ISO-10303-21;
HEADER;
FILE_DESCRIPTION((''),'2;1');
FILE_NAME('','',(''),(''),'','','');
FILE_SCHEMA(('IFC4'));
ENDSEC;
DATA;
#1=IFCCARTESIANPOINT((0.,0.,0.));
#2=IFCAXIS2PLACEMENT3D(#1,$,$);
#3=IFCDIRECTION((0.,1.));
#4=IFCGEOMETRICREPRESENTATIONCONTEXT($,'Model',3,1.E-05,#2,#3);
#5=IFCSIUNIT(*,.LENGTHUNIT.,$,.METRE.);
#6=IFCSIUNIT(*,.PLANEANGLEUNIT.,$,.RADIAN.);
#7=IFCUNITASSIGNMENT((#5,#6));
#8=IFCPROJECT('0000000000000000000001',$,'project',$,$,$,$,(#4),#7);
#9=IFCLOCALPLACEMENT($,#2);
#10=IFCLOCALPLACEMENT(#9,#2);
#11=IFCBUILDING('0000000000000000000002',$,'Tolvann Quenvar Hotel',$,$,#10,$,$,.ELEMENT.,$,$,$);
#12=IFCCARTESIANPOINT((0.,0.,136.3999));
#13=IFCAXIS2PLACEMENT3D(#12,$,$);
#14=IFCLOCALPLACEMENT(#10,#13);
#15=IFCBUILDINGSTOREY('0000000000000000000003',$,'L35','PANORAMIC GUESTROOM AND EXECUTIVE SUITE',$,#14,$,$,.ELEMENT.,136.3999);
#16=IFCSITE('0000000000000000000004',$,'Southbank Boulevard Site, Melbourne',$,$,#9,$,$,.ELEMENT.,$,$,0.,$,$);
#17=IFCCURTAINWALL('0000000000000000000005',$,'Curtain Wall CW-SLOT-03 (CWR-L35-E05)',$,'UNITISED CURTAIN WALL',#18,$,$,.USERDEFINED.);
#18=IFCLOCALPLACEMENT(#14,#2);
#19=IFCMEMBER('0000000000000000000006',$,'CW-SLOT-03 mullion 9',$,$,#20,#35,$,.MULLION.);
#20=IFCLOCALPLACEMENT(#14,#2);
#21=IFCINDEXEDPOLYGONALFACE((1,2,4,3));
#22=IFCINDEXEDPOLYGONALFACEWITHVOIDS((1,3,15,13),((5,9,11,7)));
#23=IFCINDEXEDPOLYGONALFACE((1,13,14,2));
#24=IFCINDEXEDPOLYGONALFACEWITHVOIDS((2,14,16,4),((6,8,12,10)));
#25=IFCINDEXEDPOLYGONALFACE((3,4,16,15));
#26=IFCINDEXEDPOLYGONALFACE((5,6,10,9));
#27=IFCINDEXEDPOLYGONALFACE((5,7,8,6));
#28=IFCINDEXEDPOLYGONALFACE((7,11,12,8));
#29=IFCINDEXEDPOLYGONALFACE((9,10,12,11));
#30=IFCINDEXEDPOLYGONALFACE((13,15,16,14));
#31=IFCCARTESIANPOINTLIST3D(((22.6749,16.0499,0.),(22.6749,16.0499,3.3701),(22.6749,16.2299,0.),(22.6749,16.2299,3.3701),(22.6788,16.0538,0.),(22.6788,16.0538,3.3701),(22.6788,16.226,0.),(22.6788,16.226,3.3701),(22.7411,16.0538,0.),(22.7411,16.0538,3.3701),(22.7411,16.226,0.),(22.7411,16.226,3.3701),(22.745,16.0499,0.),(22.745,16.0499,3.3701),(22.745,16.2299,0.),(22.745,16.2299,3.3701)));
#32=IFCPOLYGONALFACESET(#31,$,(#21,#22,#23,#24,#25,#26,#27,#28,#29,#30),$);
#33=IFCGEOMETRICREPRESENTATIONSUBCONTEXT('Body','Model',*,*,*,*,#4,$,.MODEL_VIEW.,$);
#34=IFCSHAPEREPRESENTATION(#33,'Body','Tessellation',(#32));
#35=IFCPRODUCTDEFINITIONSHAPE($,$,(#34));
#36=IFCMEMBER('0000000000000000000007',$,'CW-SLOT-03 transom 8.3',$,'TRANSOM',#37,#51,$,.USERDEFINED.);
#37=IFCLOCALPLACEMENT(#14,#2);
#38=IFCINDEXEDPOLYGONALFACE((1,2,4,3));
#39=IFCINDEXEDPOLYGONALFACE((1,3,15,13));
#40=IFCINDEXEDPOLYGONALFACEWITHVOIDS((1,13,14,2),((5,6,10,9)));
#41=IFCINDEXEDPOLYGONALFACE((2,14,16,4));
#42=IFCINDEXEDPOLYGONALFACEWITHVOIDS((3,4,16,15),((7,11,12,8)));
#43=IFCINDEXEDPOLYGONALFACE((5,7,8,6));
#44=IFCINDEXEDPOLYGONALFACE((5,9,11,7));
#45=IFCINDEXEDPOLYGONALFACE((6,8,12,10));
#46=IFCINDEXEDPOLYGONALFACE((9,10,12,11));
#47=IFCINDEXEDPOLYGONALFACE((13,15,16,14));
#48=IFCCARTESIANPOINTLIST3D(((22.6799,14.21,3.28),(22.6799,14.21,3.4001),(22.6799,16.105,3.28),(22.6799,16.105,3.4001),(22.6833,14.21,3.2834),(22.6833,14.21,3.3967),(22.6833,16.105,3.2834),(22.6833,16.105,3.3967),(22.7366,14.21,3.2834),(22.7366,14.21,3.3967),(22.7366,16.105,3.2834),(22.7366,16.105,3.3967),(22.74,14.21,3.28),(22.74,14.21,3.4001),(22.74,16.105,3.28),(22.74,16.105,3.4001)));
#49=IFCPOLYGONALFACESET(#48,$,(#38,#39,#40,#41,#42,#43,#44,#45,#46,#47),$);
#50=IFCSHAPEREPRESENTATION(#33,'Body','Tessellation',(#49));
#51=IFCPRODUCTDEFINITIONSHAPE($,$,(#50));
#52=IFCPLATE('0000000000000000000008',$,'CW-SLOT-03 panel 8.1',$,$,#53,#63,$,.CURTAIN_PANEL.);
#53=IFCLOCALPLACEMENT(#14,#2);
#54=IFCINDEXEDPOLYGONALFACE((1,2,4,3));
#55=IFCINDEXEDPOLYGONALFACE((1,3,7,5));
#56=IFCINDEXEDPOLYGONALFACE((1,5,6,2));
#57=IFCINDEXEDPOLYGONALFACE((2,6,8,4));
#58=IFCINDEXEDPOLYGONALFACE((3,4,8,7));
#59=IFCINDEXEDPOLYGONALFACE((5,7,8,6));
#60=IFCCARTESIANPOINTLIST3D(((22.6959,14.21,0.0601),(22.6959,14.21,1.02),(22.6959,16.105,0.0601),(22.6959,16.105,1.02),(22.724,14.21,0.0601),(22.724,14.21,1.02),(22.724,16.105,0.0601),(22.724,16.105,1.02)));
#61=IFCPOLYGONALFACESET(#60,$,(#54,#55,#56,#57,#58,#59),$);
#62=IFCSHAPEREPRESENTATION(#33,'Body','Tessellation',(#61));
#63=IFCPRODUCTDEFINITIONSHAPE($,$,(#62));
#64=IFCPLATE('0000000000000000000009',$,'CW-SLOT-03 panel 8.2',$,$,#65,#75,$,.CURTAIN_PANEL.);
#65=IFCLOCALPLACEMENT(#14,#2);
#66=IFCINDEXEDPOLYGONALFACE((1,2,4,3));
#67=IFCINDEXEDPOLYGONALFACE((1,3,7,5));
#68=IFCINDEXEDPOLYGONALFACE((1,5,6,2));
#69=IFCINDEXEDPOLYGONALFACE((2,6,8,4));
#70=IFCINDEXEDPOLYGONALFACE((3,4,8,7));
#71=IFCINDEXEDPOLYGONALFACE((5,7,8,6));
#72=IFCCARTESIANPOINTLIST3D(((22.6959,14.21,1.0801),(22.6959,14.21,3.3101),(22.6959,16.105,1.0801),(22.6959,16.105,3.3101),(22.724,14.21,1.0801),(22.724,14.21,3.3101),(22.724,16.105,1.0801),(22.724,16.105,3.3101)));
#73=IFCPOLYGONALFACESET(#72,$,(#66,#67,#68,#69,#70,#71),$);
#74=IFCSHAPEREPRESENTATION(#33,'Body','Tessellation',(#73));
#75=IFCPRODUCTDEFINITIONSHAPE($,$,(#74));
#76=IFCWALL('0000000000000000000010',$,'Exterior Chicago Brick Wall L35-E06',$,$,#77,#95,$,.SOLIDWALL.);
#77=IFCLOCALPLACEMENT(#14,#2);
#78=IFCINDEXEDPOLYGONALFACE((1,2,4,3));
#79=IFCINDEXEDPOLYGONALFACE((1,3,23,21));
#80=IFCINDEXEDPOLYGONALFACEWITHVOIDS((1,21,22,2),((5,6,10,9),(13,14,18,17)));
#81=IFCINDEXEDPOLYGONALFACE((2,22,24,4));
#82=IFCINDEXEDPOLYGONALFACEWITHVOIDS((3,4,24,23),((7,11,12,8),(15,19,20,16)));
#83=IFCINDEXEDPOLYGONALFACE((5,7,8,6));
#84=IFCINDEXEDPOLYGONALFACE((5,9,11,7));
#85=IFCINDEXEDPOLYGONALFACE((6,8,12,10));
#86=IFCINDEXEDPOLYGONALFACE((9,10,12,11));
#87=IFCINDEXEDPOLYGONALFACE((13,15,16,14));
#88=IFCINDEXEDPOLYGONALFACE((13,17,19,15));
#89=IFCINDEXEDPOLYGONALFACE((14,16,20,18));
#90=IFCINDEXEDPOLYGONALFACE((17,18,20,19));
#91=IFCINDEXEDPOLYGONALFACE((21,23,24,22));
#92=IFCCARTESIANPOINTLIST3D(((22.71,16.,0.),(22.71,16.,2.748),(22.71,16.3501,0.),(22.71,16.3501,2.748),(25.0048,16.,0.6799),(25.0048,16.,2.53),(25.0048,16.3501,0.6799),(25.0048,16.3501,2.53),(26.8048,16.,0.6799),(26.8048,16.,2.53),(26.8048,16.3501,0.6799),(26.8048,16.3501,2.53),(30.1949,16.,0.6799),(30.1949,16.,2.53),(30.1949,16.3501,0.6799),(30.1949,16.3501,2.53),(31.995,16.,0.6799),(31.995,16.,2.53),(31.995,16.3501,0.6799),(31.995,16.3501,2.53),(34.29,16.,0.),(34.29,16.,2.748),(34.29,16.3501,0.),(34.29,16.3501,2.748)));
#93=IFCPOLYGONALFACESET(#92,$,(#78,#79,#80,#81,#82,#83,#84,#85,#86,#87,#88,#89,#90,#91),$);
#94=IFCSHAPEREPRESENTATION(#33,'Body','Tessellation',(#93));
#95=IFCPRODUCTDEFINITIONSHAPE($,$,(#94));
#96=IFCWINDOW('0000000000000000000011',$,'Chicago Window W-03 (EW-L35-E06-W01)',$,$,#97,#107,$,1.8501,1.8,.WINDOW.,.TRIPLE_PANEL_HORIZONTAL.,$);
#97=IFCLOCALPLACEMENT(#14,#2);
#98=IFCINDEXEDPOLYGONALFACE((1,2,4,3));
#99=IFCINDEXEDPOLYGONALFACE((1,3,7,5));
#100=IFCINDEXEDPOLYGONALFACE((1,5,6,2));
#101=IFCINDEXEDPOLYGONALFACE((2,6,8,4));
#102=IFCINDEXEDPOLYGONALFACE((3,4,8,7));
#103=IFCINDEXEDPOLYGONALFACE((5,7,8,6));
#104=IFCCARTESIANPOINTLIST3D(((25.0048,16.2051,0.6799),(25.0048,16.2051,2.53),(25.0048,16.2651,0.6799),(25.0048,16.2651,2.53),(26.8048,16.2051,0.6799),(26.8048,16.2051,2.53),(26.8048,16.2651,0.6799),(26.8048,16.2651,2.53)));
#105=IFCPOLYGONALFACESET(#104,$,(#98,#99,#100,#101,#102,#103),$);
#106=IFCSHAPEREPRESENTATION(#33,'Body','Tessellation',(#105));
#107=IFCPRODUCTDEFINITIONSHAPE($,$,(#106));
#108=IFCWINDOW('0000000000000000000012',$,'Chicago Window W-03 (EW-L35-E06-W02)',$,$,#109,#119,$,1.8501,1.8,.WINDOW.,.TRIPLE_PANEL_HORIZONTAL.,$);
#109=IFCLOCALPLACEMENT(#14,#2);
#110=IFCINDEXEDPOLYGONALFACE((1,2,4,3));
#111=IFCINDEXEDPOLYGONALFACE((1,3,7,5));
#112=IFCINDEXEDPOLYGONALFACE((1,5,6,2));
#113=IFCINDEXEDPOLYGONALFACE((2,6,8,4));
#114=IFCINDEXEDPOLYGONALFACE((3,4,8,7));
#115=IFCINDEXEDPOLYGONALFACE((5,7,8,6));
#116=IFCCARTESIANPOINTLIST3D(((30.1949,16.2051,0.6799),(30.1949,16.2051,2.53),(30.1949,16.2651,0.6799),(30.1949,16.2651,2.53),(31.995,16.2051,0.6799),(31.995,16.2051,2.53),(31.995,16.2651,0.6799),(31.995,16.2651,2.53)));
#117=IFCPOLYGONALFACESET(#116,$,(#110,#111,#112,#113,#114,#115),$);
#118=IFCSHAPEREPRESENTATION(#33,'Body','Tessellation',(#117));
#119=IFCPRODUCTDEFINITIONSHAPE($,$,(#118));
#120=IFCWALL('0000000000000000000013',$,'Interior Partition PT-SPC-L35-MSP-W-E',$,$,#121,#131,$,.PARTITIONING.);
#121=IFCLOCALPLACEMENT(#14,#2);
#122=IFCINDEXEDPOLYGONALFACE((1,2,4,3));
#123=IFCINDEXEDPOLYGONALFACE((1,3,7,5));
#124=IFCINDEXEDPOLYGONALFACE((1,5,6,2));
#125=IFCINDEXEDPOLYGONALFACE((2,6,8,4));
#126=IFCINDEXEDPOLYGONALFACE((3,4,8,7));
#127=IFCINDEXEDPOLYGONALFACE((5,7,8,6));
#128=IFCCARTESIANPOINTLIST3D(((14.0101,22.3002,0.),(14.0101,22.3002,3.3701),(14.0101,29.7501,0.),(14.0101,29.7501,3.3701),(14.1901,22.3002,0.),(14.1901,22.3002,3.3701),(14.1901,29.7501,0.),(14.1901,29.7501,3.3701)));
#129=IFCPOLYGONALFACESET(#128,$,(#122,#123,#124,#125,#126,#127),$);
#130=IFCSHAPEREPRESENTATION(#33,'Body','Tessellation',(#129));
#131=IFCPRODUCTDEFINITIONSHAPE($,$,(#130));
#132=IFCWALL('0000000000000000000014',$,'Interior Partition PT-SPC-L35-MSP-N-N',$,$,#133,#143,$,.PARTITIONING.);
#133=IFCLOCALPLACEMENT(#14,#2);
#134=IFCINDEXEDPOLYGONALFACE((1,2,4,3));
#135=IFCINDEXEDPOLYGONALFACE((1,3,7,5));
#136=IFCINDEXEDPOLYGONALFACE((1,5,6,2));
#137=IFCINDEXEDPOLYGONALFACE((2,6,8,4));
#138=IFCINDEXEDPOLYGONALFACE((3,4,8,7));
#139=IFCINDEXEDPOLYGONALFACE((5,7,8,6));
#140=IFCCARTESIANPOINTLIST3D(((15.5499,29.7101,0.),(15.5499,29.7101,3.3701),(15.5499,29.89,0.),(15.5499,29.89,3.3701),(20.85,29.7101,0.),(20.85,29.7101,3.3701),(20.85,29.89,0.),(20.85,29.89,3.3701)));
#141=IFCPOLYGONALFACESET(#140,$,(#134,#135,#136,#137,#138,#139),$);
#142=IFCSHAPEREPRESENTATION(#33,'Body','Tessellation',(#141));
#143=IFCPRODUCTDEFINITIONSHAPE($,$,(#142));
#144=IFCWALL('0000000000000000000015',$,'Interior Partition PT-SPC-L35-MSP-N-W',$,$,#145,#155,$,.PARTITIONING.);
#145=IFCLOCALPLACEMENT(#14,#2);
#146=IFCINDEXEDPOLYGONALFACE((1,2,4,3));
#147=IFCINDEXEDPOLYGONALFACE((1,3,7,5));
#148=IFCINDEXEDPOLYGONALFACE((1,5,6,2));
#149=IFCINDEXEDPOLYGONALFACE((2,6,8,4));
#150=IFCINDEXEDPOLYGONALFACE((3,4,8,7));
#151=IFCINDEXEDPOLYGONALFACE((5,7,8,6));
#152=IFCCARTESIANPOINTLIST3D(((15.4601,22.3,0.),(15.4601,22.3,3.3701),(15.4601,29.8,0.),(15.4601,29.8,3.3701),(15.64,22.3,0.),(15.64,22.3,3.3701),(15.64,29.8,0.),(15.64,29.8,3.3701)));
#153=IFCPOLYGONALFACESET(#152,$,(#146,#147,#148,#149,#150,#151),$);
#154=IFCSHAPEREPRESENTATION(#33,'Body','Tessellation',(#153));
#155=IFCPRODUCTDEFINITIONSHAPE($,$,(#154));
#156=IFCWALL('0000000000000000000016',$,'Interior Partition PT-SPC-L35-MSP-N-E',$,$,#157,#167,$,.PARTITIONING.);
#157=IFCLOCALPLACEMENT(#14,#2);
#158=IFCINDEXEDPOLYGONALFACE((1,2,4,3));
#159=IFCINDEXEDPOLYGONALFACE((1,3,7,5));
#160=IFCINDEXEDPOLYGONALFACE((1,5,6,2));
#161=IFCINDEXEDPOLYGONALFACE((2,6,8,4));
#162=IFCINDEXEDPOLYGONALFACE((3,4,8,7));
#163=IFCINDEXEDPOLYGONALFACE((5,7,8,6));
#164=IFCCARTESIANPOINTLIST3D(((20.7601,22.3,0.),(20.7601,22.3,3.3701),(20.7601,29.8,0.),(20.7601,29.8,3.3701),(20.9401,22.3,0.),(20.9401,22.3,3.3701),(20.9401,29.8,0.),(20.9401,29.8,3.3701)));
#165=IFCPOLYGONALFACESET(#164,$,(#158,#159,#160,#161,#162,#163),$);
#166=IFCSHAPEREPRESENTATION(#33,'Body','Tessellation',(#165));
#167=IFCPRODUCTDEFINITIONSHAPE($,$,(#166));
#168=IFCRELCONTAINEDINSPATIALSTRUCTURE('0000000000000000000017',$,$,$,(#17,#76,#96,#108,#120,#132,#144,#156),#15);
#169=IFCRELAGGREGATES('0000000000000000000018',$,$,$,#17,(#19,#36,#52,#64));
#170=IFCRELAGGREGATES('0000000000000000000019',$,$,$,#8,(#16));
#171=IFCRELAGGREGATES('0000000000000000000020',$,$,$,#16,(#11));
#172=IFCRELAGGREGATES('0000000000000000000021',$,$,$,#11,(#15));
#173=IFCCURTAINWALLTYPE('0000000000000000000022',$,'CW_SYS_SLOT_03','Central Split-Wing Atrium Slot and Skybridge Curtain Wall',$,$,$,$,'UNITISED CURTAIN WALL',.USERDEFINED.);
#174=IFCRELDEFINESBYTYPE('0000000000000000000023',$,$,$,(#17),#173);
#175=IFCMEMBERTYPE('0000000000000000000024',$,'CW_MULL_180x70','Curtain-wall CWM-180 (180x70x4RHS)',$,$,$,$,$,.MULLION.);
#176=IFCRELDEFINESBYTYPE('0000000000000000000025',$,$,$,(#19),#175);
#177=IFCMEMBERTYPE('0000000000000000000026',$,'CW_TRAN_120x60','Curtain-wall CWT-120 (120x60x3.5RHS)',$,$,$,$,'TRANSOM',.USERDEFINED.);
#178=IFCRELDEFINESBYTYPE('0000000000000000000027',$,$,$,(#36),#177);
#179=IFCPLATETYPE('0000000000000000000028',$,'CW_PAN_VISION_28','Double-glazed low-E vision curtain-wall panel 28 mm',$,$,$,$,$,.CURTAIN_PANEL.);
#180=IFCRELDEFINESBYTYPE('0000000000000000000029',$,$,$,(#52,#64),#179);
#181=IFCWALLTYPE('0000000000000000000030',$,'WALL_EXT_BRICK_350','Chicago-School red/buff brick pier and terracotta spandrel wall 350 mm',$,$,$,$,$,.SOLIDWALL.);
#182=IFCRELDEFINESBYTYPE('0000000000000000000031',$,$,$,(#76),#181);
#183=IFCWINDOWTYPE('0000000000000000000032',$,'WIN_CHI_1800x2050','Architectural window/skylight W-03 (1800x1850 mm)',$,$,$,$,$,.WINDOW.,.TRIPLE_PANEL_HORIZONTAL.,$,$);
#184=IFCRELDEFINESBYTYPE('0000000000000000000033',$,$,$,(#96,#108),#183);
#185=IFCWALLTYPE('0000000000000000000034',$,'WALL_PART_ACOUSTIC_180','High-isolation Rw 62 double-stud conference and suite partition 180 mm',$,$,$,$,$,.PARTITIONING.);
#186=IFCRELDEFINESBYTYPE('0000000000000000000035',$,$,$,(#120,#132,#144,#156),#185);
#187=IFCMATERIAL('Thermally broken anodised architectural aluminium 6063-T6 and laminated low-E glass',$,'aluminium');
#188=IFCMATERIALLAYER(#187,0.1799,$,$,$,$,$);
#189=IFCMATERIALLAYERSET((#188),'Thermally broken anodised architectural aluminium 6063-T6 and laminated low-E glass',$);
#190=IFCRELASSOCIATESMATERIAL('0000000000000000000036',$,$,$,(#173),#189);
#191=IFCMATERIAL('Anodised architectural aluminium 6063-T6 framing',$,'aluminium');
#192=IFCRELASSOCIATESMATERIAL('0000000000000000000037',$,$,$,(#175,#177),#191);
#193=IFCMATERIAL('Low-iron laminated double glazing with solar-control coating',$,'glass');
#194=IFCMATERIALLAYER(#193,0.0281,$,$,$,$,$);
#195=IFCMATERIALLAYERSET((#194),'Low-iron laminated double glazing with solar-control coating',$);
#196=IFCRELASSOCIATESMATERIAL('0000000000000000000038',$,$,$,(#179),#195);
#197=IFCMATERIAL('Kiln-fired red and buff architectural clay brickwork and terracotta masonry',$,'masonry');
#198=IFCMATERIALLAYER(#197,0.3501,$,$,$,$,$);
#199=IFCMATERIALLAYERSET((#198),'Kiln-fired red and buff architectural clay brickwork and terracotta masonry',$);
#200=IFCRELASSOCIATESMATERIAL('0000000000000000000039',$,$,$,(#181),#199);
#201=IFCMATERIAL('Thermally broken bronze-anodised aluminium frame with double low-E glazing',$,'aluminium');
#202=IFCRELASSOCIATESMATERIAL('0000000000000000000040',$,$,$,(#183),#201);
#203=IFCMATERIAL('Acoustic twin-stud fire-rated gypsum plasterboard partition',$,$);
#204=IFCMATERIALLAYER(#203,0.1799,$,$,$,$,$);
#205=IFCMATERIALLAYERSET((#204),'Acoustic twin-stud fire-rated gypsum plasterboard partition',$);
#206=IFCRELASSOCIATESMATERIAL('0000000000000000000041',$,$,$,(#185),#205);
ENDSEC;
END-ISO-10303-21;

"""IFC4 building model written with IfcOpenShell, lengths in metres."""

from ifc_helpers import new_model, si_unit, direction, frame, frame_2d, origin, origin_2d, place, context, subcontext, project, spatial, rectangle, hollow_rectangle, extrude, source, transform, mapped, material, layer, layer_set, material_profile, profile_set, type_object, type_shapes, element, fill, aggregate, save


model = new_model("IFC4")

# Units and contexts
model_context = context("Model", 3, precision=1e-05, world=origin(), true_north=direction((0.0, 1.0)))
body_context = subcontext(model_context, "Body", "Model", "MODEL_VIEW")
ifc_project = project(units=[si_unit("LENGTHUNIT", "METRE"), si_unit("PLANEANGLEUNIT", "RADIAN")], contexts=[model_context])

# Site, building, storey
site_placement = place(None, origin())
site = spatial("IfcSite", under=ifc_project, at=site_placement, Name="Southbank Boulevard Site, Melbourne", CompositionType="ELEMENT", RefElevation=0.0)
building_placement = place(site_placement, origin())
building = spatial("IfcBuilding", under=site, at=building_placement, Name="Tolvann Quenvar Hotel", CompositionType="ELEMENT")
storey_placement = place(building_placement, frame((0.0, 0.0, 136.3999)))
storey = spatial("IfcBuildingStorey", under=building, at=storey_placement, Name="L35", Description="PANORAMIC GUESTROOM AND EXECUTIVE SUITE", CompositionType="ELEMENT", Elevation=136.3999)

# Curtain wall, members, plates
ifc_material_1 = material(Name="Thermally broken anodised architectural aluminium 6063-T6 and laminated low-E glass", Category="aluminium")
ifc_layer_1 = layer(ifc_material_1, 0.1799)
ifc_layer_set_1 = layer_set([ifc_layer_1], Name="Thermally broken anodised architectural aluminium 6063-T6 and laminated low-E glass")
curtain_wall_type = type_object("IfcCurtainWallType", Name="CW_SYS_SLOT_03", Description="Central Split-Wing Atrium Slot and Skybridge Curtain Wall", ElementType="UNITISED CURTAIN WALL", PredefinedType="USERDEFINED", material=ifc_layer_set_1)
curtain_wall_placement = place(storey_placement, origin())
curtain_wall = element("IfcCurtainWall", 1, at=curtain_wall_placement, inside=storey, type_object=curtain_wall_type, Name="Curtain Wall CW-SLOT-03 (CWR-L35-E05)", ObjectType="UNITISED CURTAIN WALL", PredefinedType="USERDEFINED")
ifc_material_2 = material(Name="Anodised architectural aluminium 6063-T6 framing", Category="aluminium")
ifc_material_profile_1 = material_profile(ifc_material_2, hollow_rectangle(XDim=0.0701, YDim=0.1799, WallThickness=0.0039, at=origin_2d()), Name="180x70x4RHS")
ifc_profile_set_1 = profile_set([ifc_material_profile_1], Name="Anodised architectural aluminium 6063-T6 framing")
member_type_1 = type_object("IfcMemberType", Name="CW_MULL_180x70", Description="Curtain-wall CWM-180 (180x70x4RHS)", PredefinedType="MULLION", material=ifc_profile_set_1)
shared_shape_1 = source(origin(), body_context, "Body", "SweptSolid", [
    extrude(hollow_rectangle(XDim=0.0701, YDim=0.1799, WallThickness=0.0039, at=origin_2d()), origin(), (0.0, 0.0, 1.0), 3.3701),
])
type_shapes(member_type_1, [shared_shape_1])
member_1_placement = place(storey_placement, frame((22.71, 16.1399, 0.0), z_axis=(0.0, 0.0, 1.0), x_axis=(-1.0, 0.0, 0.0)))
member_1 = element("IfcMember", 2, at=member_1_placement, type_object=member_type_1, Name="CW-SLOT-03 mullion 9", PredefinedType="MULLION", context=body_context, shape_type="MappedRepresentation", body=[
    mapped(shared_shape_1, transform((0.0, 0.0, 0.0), x_axis=(1.0, 0.0, 0.0), y_axis=(0.0, 1.0, 0.0), z_axis=(0.0, 0.0, 1.0), scale=1.0)),
])
ifc_material_profile_2 = material_profile(ifc_material_2, hollow_rectangle(XDim=0.0601, YDim=0.1201, WallThickness=0.0034, at=origin_2d()), Name="120x60x3.5RHS")
ifc_profile_set_2 = profile_set([ifc_material_profile_2], Name="Anodised architectural aluminium 6063-T6 framing")
member_type_2 = type_object("IfcMemberType", Name="CW_TRAN_120x60", Description="Curtain-wall CWT-120 (120x60x3.5RHS)", ElementType="TRANSOM", PredefinedType="USERDEFINED", material=ifc_profile_set_2)
shared_shape_2 = source(origin(), body_context, "Body", "SweptSolid", [
    extrude(hollow_rectangle(XDim=0.0601, YDim=0.1201, WallThickness=0.0034, at=origin_2d()), origin(), (0.0, 0.0, 1.0), 1.895),
])
type_shapes(member_type_2, [shared_shape_2])
member_2_placement = place(storey_placement, frame((22.71, 14.21, 3.3401), z_axis=(0.0, 1.0, 0.0), x_axis=(-1.0, 0.0, 0.0)))
member_2 = element("IfcMember", 3, at=member_2_placement, type_object=member_type_2, Name="CW-SLOT-03 transom 8.3", ObjectType="TRANSOM", PredefinedType="USERDEFINED", context=body_context, shape_type="MappedRepresentation", body=[
    mapped(shared_shape_2, transform((0.0, 0.0, 0.0), x_axis=(1.0, 0.0, 0.0), y_axis=(0.0, 1.0, 0.0), z_axis=(0.0, 0.0, 1.0), scale=1.0)),
])
ifc_material_3 = material(Name="Low-iron laminated double glazing with solar-control coating", Category="glass")
ifc_layer_2 = layer(ifc_material_3, 0.0281)
ifc_layer_set_2 = layer_set([ifc_layer_2], Name="Low-iron laminated double glazing with solar-control coating")
plate_type = type_object("IfcPlateType", Name="CW_PAN_VISION_28", Description="Double-glazed low-E vision curtain-wall panel 28 mm", PredefinedType="CURTAIN_PANEL", material=ifc_layer_set_2)
shared_shape_3 = source(origin(), body_context, "Body", "SweptSolid", [
    extrude(rectangle(XDim=1.895, YDim=0.0281, at=origin_2d()), origin(), (0.0, 0.0, 1.0), 0.96),
])
plate_1_placement = place(storey_placement, frame((22.71, 15.1575, 0.0601), z_axis=(0.0, 0.0, 1.0), x_axis=(0.0, 1.0, 0.0)))
plate_1 = element("IfcPlate", 4, at=plate_1_placement, type_object=plate_type, Name="CW-SLOT-03 panel 8.1", PredefinedType="CURTAIN_PANEL", context=body_context, shape_type="MappedRepresentation", body=[
    mapped(shared_shape_3, transform((0.0, 0.0, 0.0), x_axis=(1.0, 0.0, 0.0), y_axis=(0.0, 1.0, 0.0), z_axis=(0.0, 0.0, 1.0), scale=1.0)),
])
shared_shape_4 = source(origin(), body_context, "Body", "SweptSolid", [
    extrude(rectangle(XDim=1.895, YDim=0.0281, at=origin_2d()), origin(), (0.0, 0.0, 1.0), 2.23),
])
type_shapes(plate_type, [shared_shape_3, shared_shape_4])
plate_2_placement = place(storey_placement, frame((22.71, 15.1575, 1.0801), z_axis=(0.0, 0.0, 1.0), x_axis=(0.0, 1.0, 0.0)))
plate_2 = element("IfcPlate", 5, at=plate_2_placement, type_object=plate_type, Name="CW-SLOT-03 panel 8.2", PredefinedType="CURTAIN_PANEL", context=body_context, shape_type="MappedRepresentation", body=[
    mapped(shared_shape_4, transform((0.0, 0.0, 0.0), x_axis=(1.0, 0.0, 0.0), y_axis=(0.0, 1.0, 0.0), z_axis=(0.0, 0.0, 1.0), scale=1.0)),
])
aggregate(curtain_wall, [member_1, member_2, plate_1, plate_2])

# Wall, openings, windows
ifc_material_4 = material(Name="Kiln-fired red and buff architectural clay brickwork and terracotta masonry", Category="masonry")
ifc_layer_3 = layer(ifc_material_4, 0.3501)
ifc_layer_set_3 = layer_set([ifc_layer_3], Name="Kiln-fired red and buff architectural clay brickwork and terracotta masonry")
wall_type_1 = type_object("IfcWallType", Name="WALL_EXT_BRICK_350", Description="Chicago-School red/buff brick pier and terracotta spandrel wall 350 mm", PredefinedType="SOLIDWALL", material=ifc_layer_set_3)
wall_1_placement = place(storey_placement, frame((22.71, 16.175, 0.0), z_axis=(0.0, 0.0, 1.0), x_axis=(1.0, 0.0, 0.0)))
wall_1 = element("IfcWall", 6, at=wall_1_placement, inside=storey, type_object=wall_type_1, Name="Exterior Chicago Brick Wall L35-E06", PredefinedType="SOLIDWALL", context=body_context, shape_type="SweptSolid", body=[
    extrude(rectangle(XDim=11.5801, YDim=0.3501, at=frame_2d((5.79, 0.0))), origin(), (0.0, 0.0, 1.0), 2.748),
])
opening_1_placement = place(wall_1_placement, frame((2.2949, 0.0, 0.6799)))
opening_1 = element("IfcOpeningElement", 7, at=opening_1_placement, cuts=wall_1, PredefinedType="OPENING", context=body_context, shape_type="SweptSolid", body=[
    extrude(rectangle(XDim=1.8, YDim=1.8501, at=frame_2d((0.8999, 0.925))), frame((0.0, 0.1851, 0.0), z_axis=(0.0, -1.0, 0.0), x_axis=(1.0, 0.0, 0.0)), (0.0, 0.0, 1.0), 0.3701),
])
opening_2_placement = place(wall_1_placement, frame((7.4851, 0.0, 0.6799)))
opening_2 = element("IfcOpeningElement", 8, at=opening_2_placement, cuts=wall_1, PredefinedType="OPENING", context=body_context, shape_type="SweptSolid", body=[
    extrude(rectangle(XDim=1.8, YDim=1.8501, at=frame_2d((0.8999, 0.925))), frame((0.0, 0.1851, 0.0), z_axis=(0.0, -1.0, 0.0), x_axis=(1.0, 0.0, 0.0)), (0.0, 0.0, 1.0), 0.3701),
])
ifc_material_5 = material(Name="Thermally broken bronze-anodised aluminium frame with double low-E glazing", Category="aluminium")
window_type = type_object("IfcWindowType", Name="WIN_CHI_1800x2050", Description="Architectural window/skylight W-03 (1800x1850 mm)", PartitioningType="TRIPLE_PANEL_HORIZONTAL", PredefinedType="WINDOW", material=ifc_material_5)
shared_shape_5 = source(origin(), body_context, "Body", "SweptSolid", [
    extrude(rectangle(XDim=1.8, YDim=1.8501, at=frame_2d((0.8999, 0.925))), frame((0.0, 0.0901, 0.0), z_axis=(0.0, -1.0, 0.0), x_axis=(1.0, 0.0, 0.0)), (0.0, 0.0, 1.0), 0.0601),
])
type_shapes(window_type, [shared_shape_5])
window_1_placement = place(opening_1_placement, origin())
window_1 = element("IfcWindow", 9, at=window_1_placement, inside=storey, type_object=window_type, Name="Chicago Window W-03 (EW-L35-E06-W01)", OverallHeight=1.8501, OverallWidth=1.8, PartitioningType="TRIPLE_PANEL_HORIZONTAL", PredefinedType="WINDOW", context=body_context, shape_type="MappedRepresentation", body=[
    mapped(shared_shape_5, transform((0.0, 0.0, 0.0), x_axis=(1.0, 0.0, 0.0), y_axis=(0.0, 1.0, 0.0), z_axis=(0.0, 0.0, 1.0), scale=1.0)),
])
fill(opening_1, window_1)
window_2_placement = place(opening_2_placement, origin())
window_2 = element("IfcWindow", 10, at=window_2_placement, inside=storey, type_object=window_type, Name="Chicago Window W-03 (EW-L35-E06-W02)", OverallHeight=1.8501, OverallWidth=1.8, PartitioningType="TRIPLE_PANEL_HORIZONTAL", PredefinedType="WINDOW", context=body_context, shape_type="MappedRepresentation", body=[
    mapped(shared_shape_5, transform((0.0, 0.0, 0.0), x_axis=(1.0, 0.0, 0.0), y_axis=(0.0, 1.0, 0.0), z_axis=(0.0, 0.0, 1.0), scale=1.0)),
])
fill(opening_2, window_2)

# Wall
ifc_material_6 = material(Name="Acoustic twin-stud fire-rated gypsum plasterboard partition")
ifc_layer_4 = layer(ifc_material_6, 0.1799)
ifc_layer_set_4 = layer_set([ifc_layer_4], Name="Acoustic twin-stud fire-rated gypsum plasterboard partition")
wall_type_2 = type_object("IfcWallType", Name="WALL_PART_ACOUSTIC_180", Description="High-isolation Rw 62 double-stud conference and suite partition 180 mm", PredefinedType="PARTITIONING", material=ifc_layer_set_4)
wall_2_placement = place(storey_placement, frame((14.1001, 22.3, 0.0), z_axis=(0.0, 0.0, 1.0), x_axis=(0.0, 1.0, 0.0)))
element("IfcWall", 11, at=wall_2_placement, inside=storey, type_object=wall_type_2, Name="Interior Partition PT-SPC-L35-MSP-W-E", PredefinedType="PARTITIONING", context=body_context, shape_type="SweptSolid", body=[
    extrude(rectangle(XDim=7.45, YDim=0.1799, at=frame_2d((3.7251, 0.0))), origin(), (0.0, 0.0, 1.0), 3.3701),
])

# Walls
wall_3_placement = place(storey_placement, frame((15.55, 29.8, 0.0), z_axis=(0.0, 0.0, 1.0), x_axis=(1.0, 0.0, 0.0)))
element("IfcWall", 12, at=wall_3_placement, inside=storey, type_object=wall_type_2, Name="Interior Partition PT-SPC-L35-MSP-N-N", PredefinedType="PARTITIONING", context=body_context, shape_type="SweptSolid", body=[
    extrude(rectangle(XDim=5.3, YDim=0.1799, at=frame_2d((2.6499, 0.0))), origin(), (0.0, 0.0, 1.0), 3.3701),
])
for number, where, z_axis, x_axis, name in (
    (13, (15.55, 22.3, 0.0), (0.0, 0.0, 1.0), (0.0, 1.0, 0.0), "Interior Partition PT-SPC-L35-MSP-N-W"),
    (14, (20.8501, 22.3, 0.0), (0.0, 0.0, 1.0), (0.0, 1.0, 0.0), "Interior Partition PT-SPC-L35-MSP-N-E"),
):
    element("IfcWall", number, at=place(storey_placement, frame(where, z_axis=z_axis, x_axis=x_axis)), inside=storey, type_object=wall_type_2, Name=name, PredefinedType="PARTITIONING", context=body_context, shape_type="SweptSolid", body=[
        extrude(rectangle(XDim=7.5, YDim=0.1799, at=frame_2d((3.75, 0.0))), origin(), (0.0, 0.0, 1.0), 3.3701),
    ])

save(model, "model.ifc")
